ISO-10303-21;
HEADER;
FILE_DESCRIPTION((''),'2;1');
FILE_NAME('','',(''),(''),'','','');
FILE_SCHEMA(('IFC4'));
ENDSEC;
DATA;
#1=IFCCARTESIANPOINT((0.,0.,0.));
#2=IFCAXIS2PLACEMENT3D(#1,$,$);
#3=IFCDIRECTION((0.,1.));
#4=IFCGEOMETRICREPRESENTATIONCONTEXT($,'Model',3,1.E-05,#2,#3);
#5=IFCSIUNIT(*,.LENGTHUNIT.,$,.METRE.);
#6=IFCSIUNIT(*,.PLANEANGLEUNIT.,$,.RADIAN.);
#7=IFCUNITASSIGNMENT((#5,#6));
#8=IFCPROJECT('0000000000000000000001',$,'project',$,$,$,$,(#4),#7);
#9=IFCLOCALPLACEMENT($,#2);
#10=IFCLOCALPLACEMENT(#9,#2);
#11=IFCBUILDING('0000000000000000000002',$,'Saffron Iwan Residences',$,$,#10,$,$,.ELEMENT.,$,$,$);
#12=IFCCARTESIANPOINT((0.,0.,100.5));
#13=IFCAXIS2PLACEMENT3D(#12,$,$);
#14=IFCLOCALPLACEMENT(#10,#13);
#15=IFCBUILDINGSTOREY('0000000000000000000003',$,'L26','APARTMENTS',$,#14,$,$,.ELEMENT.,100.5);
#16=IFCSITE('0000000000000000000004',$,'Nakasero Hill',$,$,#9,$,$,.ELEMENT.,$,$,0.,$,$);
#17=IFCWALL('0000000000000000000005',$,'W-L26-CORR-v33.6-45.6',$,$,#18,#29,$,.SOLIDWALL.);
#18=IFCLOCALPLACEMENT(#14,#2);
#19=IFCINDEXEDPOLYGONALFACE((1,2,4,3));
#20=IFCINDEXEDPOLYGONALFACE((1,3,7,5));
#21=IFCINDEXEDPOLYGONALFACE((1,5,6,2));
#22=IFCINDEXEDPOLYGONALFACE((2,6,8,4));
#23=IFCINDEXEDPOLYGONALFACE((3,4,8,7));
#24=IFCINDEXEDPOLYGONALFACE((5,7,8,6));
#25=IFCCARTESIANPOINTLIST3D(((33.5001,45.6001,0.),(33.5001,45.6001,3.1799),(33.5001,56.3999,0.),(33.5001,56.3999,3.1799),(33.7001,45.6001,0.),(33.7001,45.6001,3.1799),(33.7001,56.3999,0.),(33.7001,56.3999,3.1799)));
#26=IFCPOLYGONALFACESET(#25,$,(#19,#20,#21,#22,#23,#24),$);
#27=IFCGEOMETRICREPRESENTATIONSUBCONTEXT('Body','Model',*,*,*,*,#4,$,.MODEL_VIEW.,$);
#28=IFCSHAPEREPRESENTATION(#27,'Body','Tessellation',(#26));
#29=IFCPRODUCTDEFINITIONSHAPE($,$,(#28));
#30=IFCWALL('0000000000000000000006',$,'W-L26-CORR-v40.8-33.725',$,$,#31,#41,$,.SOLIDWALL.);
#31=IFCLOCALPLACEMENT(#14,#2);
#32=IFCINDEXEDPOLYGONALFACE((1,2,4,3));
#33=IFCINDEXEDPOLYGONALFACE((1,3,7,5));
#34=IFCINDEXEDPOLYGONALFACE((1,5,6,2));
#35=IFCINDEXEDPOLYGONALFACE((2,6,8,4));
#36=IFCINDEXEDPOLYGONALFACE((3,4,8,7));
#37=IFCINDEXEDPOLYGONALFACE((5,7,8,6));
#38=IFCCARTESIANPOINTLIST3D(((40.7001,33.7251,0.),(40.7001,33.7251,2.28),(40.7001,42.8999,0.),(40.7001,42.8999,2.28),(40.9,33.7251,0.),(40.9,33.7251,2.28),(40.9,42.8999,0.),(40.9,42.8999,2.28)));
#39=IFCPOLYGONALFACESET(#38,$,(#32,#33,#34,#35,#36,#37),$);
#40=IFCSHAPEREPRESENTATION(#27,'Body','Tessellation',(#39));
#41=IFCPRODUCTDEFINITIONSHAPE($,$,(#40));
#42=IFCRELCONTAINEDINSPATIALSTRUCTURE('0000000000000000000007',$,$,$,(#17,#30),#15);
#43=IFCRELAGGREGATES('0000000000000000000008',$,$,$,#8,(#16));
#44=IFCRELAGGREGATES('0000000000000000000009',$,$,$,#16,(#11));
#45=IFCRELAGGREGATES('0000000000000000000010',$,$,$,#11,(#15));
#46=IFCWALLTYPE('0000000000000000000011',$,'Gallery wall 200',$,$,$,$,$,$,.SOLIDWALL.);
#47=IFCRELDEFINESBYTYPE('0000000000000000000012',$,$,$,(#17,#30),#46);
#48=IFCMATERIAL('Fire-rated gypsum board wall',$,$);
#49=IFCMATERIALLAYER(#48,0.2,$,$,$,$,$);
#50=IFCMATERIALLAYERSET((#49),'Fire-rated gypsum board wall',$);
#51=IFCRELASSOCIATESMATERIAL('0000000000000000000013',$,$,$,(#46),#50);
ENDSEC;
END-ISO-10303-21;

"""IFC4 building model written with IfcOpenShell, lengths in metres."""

from ifc_helpers import new_model, si_unit, direction, frame, frame_2d, origin, place, context, subcontext, project, spatial, rectangle, extrude, material, layer, layer_set, type_object, element, save


model = new_model("IFC4")

# Units and contexts
model_context = context("Model", 3, precision=1e-05, world=origin(), true_north=direction((0.0, 1.0)))
body_context = subcontext(model_context, "Body", "Model", "MODEL_VIEW")
ifc_project = project(units=[si_unit("LENGTHUNIT", "METRE"), si_unit("PLANEANGLEUNIT", "RADIAN")], contexts=[model_context])

# Site, building, storey
site_placement = place(None, origin())
site = spatial("IfcSite", under=ifc_project, at=site_placement, Name="Nakasero Hill", CompositionType="ELEMENT", RefElevation=0.0)
building_placement = place(site_placement, origin())
building = spatial("IfcBuilding", under=site, at=building_placement, Name="Saffron Iwan Residences", CompositionType="ELEMENT")
storey_placement = place(building_placement, frame((0.0, 0.0, 100.5)))
storey = spatial("IfcBuildingStorey", under=building, at=storey_placement, Name="L26", Description="APARTMENTS", CompositionType="ELEMENT", Elevation=100.5)

# Shared definitions
ifc_material_1 = material(Name="Fire-rated gypsum board wall")
ifc_layer_1 = layer(ifc_material_1, 0.2)
ifc_layer_set_1 = layer_set([ifc_layer_1], Name="Fire-rated gypsum board wall")
wall_type_1 = type_object("IfcWallType", Name="Gallery wall 200", PredefinedType="SOLIDWALL", material=ifc_layer_set_1)

# Walls
wall_1_placement = place(storey_placement, frame((33.6001, 45.6001, 0.0), z_axis=(0.0, 0.0, 1.0), x_axis=(0.0, 1.0, 0.0)))
element("IfcWall", 1, at=wall_1_placement, inside=storey, type_object=wall_type_1, Name="W-L26-CORR-v33.6-45.6", PredefinedType="SOLIDWALL", context=body_context, shape_type="SweptSolid", body=[
    extrude(rectangle(XDim=10.7998, YDim=0.2, at=frame_2d((5.3999, 0.0))), origin(), (0.0, 0.0, 1.0), 3.1799),
])
wall_2_placement = place(storey_placement, frame((40.8, 33.7251, 0.0), z_axis=(0.0, 0.0, 1.0), x_axis=(0.0, 1.0, 0.0)))
element("IfcWall", 2, at=wall_2_placement, inside=storey, type_object=wall_type_1, Name="W-L26-CORR-v40.8-33.725", PredefinedType="SOLIDWALL", context=body_context, shape_type="SweptSolid", body=[
    extrude(rectangle(XDim=9.1748, YDim=0.2, at=frame_2d((4.5874, 0.0))), origin(), (0.0, 0.0, 1.0), 2.28),
])

save(model, "model.ifc")
